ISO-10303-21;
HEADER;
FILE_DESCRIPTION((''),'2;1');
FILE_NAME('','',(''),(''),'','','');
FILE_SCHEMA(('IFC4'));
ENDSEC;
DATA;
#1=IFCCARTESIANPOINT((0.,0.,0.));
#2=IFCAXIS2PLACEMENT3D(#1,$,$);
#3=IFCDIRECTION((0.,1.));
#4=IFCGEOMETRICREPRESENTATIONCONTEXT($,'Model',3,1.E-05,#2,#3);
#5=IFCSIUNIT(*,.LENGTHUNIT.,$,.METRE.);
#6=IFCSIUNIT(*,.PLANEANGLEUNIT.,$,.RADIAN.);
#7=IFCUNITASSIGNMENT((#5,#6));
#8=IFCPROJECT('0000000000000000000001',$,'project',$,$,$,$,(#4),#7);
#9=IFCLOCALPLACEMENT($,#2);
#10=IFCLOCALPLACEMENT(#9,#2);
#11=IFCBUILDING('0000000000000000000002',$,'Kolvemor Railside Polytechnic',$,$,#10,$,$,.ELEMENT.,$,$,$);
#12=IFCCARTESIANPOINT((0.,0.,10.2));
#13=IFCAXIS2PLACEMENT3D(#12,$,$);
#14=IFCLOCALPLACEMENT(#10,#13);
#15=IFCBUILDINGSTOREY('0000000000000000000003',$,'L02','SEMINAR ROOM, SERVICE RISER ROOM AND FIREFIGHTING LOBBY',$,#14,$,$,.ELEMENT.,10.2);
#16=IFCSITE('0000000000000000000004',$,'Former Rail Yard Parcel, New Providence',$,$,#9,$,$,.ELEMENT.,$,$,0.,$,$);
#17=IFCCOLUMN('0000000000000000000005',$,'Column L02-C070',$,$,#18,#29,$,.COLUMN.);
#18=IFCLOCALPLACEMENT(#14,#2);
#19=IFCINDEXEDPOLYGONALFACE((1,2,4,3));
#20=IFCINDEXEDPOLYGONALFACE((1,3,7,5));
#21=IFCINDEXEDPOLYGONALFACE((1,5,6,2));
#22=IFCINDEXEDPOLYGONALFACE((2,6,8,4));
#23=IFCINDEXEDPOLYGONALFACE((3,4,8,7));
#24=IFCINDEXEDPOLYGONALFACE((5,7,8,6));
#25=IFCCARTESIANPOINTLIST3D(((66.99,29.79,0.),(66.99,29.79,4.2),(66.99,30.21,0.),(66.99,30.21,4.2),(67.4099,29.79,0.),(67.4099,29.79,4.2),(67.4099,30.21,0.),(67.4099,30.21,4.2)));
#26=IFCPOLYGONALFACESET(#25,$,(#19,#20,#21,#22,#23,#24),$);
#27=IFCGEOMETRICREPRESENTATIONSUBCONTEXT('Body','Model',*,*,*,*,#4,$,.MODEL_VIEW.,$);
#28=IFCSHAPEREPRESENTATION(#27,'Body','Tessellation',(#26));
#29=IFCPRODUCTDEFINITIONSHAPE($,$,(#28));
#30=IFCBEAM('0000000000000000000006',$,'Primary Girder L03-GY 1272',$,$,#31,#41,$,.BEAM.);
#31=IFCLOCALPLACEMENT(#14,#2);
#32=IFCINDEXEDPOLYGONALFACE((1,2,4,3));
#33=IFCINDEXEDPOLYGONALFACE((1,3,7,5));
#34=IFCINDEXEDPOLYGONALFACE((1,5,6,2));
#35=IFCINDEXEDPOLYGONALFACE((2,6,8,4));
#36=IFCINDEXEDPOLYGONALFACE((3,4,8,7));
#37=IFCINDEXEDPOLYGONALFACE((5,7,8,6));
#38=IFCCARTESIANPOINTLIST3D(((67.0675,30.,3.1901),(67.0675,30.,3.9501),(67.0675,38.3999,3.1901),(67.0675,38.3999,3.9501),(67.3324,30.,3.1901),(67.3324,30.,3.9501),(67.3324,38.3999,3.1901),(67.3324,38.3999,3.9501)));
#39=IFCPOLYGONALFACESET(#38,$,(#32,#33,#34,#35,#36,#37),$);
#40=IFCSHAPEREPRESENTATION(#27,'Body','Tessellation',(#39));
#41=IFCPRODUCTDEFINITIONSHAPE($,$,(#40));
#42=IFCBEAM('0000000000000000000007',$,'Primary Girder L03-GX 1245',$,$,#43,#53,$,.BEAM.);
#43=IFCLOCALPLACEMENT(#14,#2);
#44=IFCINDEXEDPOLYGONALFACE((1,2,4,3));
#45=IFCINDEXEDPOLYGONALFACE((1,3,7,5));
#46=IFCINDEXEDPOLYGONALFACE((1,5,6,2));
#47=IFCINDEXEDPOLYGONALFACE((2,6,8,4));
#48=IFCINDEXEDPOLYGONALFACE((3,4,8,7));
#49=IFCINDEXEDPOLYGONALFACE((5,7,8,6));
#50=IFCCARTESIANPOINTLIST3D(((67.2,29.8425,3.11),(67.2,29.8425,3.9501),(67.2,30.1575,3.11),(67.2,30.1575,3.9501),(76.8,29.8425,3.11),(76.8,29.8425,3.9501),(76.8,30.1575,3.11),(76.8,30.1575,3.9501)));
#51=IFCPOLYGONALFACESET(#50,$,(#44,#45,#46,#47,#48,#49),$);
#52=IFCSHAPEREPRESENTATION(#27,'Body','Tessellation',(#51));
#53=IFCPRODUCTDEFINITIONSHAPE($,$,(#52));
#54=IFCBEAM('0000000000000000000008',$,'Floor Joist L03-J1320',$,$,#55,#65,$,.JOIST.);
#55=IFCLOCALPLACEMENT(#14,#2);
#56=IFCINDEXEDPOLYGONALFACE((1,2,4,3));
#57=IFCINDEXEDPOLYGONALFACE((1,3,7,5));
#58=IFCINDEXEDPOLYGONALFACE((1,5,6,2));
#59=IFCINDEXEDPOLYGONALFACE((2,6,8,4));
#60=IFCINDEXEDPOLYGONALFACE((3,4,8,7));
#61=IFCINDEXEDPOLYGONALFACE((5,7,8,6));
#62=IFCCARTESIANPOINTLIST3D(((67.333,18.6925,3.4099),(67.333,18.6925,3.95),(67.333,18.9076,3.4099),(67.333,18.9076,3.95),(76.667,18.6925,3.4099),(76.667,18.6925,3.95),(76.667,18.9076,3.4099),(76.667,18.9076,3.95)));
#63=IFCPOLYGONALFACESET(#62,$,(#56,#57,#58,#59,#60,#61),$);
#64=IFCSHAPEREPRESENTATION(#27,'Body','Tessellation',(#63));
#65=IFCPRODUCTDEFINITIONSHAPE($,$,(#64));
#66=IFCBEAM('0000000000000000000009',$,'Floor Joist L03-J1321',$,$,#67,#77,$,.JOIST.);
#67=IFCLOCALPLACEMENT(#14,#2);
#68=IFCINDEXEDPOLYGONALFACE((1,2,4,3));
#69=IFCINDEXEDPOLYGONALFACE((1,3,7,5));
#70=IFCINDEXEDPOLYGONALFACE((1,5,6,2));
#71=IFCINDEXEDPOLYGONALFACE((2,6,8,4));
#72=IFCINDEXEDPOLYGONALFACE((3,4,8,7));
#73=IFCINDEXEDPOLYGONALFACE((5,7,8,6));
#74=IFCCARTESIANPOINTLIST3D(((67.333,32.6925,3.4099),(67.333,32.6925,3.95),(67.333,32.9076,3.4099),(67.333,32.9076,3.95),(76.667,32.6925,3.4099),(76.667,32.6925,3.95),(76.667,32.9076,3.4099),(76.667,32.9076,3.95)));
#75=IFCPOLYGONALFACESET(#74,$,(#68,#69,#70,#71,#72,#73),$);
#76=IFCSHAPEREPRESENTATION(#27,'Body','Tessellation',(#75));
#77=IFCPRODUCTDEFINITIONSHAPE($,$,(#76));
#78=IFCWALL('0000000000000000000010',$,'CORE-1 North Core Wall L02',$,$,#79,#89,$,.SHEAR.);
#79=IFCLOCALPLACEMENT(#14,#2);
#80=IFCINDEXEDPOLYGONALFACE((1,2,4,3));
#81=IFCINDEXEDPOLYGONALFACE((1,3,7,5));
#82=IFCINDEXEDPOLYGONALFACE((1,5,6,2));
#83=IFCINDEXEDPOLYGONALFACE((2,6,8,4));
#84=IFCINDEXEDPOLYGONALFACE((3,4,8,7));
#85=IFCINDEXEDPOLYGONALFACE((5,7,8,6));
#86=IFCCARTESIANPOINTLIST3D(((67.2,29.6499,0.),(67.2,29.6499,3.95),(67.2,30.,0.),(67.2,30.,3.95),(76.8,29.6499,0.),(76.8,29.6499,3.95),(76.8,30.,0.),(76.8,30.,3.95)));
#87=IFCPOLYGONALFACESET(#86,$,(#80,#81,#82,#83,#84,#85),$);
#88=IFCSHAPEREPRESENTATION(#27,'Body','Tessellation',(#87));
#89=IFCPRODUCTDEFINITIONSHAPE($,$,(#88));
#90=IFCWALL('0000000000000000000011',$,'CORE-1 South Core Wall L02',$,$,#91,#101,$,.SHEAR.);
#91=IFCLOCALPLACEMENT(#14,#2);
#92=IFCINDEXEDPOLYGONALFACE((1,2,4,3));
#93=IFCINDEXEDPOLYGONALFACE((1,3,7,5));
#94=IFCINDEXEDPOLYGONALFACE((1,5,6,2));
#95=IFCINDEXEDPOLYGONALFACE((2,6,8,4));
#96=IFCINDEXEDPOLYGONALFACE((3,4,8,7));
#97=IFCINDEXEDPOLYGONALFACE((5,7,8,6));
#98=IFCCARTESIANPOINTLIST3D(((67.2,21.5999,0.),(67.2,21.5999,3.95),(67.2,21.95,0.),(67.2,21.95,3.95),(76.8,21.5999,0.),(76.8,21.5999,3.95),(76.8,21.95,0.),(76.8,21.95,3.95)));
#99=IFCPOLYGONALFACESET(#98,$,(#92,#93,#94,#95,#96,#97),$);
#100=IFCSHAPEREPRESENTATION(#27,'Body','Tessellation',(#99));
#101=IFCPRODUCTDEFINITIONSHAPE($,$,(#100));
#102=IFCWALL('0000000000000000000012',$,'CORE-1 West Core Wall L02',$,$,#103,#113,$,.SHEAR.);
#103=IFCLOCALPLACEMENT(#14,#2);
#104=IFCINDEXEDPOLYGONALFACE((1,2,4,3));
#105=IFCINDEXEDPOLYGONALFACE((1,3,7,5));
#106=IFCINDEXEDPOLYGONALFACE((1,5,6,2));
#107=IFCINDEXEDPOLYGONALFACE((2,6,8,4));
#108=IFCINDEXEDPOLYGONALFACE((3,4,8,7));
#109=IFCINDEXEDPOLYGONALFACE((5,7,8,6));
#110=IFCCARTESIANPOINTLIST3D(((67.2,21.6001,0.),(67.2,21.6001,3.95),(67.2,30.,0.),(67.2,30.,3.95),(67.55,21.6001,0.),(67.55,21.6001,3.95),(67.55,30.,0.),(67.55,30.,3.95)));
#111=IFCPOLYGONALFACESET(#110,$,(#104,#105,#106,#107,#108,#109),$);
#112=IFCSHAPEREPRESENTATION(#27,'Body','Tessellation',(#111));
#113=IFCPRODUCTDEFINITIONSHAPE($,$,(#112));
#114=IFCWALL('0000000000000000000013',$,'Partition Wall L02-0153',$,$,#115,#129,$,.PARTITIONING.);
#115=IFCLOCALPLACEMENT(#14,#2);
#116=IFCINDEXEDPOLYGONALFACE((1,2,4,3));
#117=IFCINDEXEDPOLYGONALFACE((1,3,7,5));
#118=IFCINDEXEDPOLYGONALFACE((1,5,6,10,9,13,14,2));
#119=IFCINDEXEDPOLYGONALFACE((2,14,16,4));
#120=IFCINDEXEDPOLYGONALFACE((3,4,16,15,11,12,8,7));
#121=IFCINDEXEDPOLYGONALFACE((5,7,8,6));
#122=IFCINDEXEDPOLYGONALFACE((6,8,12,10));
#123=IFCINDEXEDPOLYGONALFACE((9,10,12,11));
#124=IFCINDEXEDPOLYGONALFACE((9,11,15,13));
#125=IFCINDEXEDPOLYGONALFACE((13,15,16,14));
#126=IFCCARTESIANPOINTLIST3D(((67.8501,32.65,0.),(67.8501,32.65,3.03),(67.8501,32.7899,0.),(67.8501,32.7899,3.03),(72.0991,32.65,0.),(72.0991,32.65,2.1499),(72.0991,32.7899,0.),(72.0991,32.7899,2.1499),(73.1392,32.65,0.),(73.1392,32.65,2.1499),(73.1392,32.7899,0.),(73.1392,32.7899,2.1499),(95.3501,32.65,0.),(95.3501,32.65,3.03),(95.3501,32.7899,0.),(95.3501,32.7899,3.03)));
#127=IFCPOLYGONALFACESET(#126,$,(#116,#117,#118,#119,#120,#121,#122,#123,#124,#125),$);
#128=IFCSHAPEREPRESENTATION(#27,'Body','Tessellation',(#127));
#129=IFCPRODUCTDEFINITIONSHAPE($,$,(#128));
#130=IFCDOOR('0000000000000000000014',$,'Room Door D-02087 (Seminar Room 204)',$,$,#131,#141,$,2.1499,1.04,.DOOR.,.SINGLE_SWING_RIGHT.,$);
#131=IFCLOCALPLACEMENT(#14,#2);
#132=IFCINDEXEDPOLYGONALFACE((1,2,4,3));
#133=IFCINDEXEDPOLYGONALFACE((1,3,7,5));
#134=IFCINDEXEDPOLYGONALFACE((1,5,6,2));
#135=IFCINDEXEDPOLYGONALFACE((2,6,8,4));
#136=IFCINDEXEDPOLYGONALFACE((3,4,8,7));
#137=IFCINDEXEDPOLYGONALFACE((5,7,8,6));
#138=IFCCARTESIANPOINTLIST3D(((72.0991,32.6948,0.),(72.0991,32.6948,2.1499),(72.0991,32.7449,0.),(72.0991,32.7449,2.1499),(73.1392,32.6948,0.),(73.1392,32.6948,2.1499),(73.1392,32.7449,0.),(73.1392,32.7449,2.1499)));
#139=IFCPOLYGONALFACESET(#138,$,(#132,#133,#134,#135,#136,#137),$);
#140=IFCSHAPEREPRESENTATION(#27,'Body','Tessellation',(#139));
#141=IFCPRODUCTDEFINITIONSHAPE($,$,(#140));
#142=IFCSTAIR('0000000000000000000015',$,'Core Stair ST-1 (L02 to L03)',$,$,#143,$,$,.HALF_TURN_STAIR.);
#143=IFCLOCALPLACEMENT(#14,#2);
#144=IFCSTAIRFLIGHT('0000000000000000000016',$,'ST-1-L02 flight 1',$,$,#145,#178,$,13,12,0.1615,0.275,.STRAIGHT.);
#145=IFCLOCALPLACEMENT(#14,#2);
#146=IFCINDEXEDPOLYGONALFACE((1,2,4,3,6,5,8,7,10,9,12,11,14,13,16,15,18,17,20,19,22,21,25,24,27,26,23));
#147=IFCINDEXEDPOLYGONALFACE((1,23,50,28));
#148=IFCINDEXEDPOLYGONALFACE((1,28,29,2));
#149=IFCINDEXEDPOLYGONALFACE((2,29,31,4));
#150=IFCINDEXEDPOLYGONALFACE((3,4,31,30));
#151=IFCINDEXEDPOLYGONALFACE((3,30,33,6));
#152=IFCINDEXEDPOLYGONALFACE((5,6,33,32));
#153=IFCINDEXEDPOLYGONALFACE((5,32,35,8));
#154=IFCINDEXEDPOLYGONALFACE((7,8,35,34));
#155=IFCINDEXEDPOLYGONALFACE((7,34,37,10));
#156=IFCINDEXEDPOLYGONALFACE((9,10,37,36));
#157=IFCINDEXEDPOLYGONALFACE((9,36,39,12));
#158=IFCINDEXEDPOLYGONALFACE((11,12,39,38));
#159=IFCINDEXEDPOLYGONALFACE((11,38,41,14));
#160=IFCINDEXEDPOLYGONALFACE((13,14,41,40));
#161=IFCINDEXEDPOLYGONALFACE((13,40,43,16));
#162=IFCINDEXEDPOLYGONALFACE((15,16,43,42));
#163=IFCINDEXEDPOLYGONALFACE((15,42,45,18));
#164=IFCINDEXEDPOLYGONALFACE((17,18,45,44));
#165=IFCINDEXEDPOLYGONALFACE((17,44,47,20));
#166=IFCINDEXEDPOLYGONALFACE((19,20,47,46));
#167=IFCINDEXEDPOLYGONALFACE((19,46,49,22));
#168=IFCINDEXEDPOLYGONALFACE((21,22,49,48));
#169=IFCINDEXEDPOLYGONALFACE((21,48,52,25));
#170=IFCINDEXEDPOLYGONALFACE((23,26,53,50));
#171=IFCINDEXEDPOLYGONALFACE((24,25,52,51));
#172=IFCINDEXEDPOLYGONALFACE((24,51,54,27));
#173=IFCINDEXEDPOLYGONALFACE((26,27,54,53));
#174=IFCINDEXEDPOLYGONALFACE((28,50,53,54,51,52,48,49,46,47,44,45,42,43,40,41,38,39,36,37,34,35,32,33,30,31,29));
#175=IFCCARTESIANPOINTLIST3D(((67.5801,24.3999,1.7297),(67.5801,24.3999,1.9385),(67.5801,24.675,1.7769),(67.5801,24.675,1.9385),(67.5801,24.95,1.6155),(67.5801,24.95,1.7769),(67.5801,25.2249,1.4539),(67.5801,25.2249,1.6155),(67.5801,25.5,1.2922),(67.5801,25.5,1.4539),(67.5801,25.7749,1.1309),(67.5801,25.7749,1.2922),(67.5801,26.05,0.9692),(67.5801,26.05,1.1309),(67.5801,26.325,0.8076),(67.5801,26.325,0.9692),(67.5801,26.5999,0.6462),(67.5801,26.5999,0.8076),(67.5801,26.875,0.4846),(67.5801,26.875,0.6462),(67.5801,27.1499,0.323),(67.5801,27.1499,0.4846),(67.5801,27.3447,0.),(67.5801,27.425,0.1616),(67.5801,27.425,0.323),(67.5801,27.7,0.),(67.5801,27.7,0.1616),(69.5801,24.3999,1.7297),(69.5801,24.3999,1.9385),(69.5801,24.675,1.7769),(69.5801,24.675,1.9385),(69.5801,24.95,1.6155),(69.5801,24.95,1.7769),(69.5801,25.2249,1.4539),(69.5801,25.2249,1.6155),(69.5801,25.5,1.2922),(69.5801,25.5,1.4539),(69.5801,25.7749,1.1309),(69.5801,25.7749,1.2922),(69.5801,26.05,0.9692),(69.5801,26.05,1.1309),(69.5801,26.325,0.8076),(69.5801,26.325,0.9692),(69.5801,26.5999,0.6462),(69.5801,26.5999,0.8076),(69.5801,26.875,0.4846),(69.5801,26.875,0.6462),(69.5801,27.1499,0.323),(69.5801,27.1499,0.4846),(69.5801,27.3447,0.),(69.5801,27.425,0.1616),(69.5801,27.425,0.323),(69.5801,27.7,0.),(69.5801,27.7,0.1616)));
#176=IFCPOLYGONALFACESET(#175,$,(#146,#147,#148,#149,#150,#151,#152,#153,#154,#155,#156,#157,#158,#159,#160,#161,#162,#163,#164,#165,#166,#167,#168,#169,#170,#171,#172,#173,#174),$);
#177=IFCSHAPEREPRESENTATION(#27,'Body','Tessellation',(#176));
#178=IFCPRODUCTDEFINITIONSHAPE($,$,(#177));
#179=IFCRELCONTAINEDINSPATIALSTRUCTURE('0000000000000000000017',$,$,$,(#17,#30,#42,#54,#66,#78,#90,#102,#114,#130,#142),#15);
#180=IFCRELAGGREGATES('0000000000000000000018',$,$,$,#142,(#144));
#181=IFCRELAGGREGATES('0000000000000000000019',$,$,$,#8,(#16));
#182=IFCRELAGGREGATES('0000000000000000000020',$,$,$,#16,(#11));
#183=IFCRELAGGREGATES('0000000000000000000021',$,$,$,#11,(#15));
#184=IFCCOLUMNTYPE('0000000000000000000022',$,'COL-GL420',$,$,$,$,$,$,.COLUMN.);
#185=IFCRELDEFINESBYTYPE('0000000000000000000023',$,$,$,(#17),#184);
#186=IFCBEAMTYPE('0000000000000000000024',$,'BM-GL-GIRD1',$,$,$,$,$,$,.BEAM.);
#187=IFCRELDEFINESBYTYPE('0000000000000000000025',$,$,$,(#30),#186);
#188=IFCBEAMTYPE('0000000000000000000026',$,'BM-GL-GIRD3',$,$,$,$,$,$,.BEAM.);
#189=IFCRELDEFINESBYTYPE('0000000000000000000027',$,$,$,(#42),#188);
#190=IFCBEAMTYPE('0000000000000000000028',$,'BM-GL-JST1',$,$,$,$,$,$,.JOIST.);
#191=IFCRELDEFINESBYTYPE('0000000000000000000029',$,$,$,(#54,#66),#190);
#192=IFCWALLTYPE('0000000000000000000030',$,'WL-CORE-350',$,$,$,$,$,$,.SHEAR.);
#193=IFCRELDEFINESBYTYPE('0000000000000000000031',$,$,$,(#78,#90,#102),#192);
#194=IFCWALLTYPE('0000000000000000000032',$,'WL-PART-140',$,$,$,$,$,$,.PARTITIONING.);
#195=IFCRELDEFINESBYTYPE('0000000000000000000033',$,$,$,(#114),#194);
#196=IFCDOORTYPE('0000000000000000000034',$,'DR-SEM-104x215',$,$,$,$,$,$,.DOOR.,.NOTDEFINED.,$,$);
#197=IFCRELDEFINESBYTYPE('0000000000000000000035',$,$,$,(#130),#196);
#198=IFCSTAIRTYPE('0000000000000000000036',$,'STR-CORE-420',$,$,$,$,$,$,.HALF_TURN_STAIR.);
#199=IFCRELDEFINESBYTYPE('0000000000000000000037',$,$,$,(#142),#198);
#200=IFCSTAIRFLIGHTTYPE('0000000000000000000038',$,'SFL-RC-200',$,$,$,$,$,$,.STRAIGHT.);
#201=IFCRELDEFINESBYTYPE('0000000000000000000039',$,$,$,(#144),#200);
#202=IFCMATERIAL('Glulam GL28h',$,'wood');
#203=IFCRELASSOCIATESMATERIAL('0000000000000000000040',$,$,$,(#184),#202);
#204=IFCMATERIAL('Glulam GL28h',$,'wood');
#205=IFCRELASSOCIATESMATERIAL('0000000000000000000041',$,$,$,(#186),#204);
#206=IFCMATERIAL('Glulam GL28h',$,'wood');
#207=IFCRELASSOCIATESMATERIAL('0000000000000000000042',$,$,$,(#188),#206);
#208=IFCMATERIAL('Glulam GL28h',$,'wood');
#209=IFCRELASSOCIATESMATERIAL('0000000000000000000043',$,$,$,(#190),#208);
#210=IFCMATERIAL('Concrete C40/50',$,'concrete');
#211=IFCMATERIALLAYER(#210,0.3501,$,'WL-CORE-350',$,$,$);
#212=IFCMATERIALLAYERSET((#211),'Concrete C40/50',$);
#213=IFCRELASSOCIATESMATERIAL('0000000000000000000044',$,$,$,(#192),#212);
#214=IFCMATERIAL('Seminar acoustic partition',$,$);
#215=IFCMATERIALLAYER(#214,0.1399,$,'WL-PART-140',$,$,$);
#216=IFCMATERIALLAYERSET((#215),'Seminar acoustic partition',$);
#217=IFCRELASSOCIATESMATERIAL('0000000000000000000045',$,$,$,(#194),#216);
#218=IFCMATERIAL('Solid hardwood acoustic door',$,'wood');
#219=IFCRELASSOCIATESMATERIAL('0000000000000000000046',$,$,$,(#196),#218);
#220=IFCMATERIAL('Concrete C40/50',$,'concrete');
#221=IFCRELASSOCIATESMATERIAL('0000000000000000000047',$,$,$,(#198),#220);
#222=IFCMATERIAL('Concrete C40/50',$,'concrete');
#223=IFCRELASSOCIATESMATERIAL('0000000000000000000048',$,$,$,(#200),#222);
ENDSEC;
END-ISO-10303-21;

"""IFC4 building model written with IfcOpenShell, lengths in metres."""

from ifc_helpers import new_model, si_unit, direction, frame, frame_2d, origin, origin_2d, place, context, subcontext, project, spatial, polyline, rectangle, outline, extrude, material, layer, layer_set, material_profile, profile_set, type_object, element, fill, aggregate, save


model = new_model("IFC4")

# Units and contexts
model_context = context("Model", 3, precision=1e-05, world=origin(), true_north=direction((0.0, 1.0)))
body_context = subcontext(model_context, "Body", "Model", "MODEL_VIEW")
ifc_project = project(units=[si_unit("LENGTHUNIT", "METRE"), si_unit("PLANEANGLEUNIT", "RADIAN")], contexts=[model_context])

# Site, building, storey
site_placement = place(None, origin())
site = spatial("IfcSite", under=ifc_project, at=site_placement, Name="Former Rail Yard Parcel, New Providence", CompositionType="ELEMENT", RefElevation=0.0)
building_placement = place(site_placement, origin())
building = spatial("IfcBuilding", under=site, at=building_placement, Name="Kolvemor Railside Polytechnic", CompositionType="ELEMENT")
storey_placement = place(building_placement, frame((0.0, 0.0, 10.2)))
storey = spatial("IfcBuildingStorey", under=building, at=storey_placement, Name="L02", Description="SEMINAR ROOM, SERVICE RISER ROOM AND FIREFIGHTING LOBBY", CompositionType="ELEMENT", Elevation=10.2)

# Column
ifc_material_1 = material(Name="Glulam GL28h", Category="wood")
ifc_material_profile_1 = material_profile(ifc_material_1, rectangle(XDim=0.4199, YDim=0.4199, at=origin_2d()), Name="GL420x420")
ifc_profile_set_1 = profile_set([ifc_material_profile_1], Name="Glulam GL28h")
column_type = type_object("IfcColumnType", Name="COL-GL420", PredefinedType="COLUMN", material=ifc_profile_set_1)
column_placement = place(storey_placement, frame((67.2, 30.0, 0.0), z_axis=(0.0, 0.0, 1.0), x_axis=(1.0, 0.0, 0.0)))
element("IfcColumn", 1, at=column_placement, inside=storey, type_object=column_type, Name="Column L02-C070", PredefinedType="COLUMN", context=body_context, shape_type="SweptSolid", body=[
    extrude(rectangle(XDim=0.4199, YDim=0.4199, at=origin_2d()), origin(), (0.0, 0.0, 1.0), 4.2),
])

# Beams
ifc_material_2 = material(Name="Glulam GL28h", Category="wood")
ifc_material_profile_2 = material_profile(ifc_material_2, rectangle(XDim=0.2649, YDim=0.76, at=origin_2d()), Name="GL265x760")
ifc_profile_set_2 = profile_set([ifc_material_profile_2], Name="Glulam GL28h")
beam_type_1 = type_object("IfcBeamType", Name="BM-GL-GIRD1", PredefinedType="BEAM", material=ifc_profile_set_2)
beam_1_placement = place(storey_placement, frame((67.2, 30.0, 3.5701), z_axis=(0.0, 1.0, 0.0), x_axis=(-1.0, 0.0, 0.0)))
element("IfcBeam", 2, at=beam_1_placement, inside=storey, type_object=beam_type_1, Name="Primary Girder L03-GY 1272", PredefinedType="BEAM", context=body_context, shape_type="SweptSolid", body=[
    extrude(rectangle(XDim=0.2649, YDim=0.76, at=origin_2d()), origin(), (0.0, 0.0, 1.0), 8.3999),
])
ifc_material_3 = material(Name="Glulam GL28h", Category="wood")
ifc_material_profile_3 = material_profile(ifc_material_3, rectangle(XDim=0.3149, YDim=0.8401, at=origin_2d()), Name="GL315x840")
ifc_profile_set_3 = profile_set([ifc_material_profile_3], Name="Glulam GL28h")
beam_type_2 = type_object("IfcBeamType", Name="BM-GL-GIRD3", PredefinedType="BEAM", material=ifc_profile_set_3)
beam_2_placement = place(storey_placement, frame((67.2, 30.0, 3.53), z_axis=(1.0, 0.0, 0.0), x_axis=(0.0, 1.0, 0.0)))
element("IfcBeam", 3, at=beam_2_placement, inside=storey, type_object=beam_type_2, Name="Primary Girder L03-GX 1245", PredefinedType="BEAM", context=body_context, shape_type="SweptSolid", body=[
    extrude(rectangle(XDim=0.3149, YDim=0.8401, at=origin_2d()), origin(), (0.0, 0.0, 1.0), 9.6001),
])
ifc_material_4 = material(Name="Glulam GL28h", Category="wood")
ifc_material_profile_4 = material_profile(ifc_material_4, rectangle(XDim=0.2151, YDim=0.54, at=origin_2d()), Name="GL215x540")
ifc_profile_set_4 = profile_set([ifc_material_profile_4], Name="Glulam GL28h")
beam_type_3 = type_object("IfcBeamType", Name="BM-GL-JST1", PredefinedType="JOIST", material=ifc_profile_set_4)
for number, where, z_axis, x_axis, name in (
    (4, (67.333, 18.8, 3.6799), (1.0, 0.0, 0.0), (0.0, 1.0, 0.0), "Floor Joist L03-J1320"),
    (5, (67.333, 32.8, 3.6799), (1.0, 0.0, 0.0), (0.0, 1.0, 0.0), "Floor Joist L03-J1321"),
):
    element("IfcBeam", number, at=place(storey_placement, frame(where, z_axis=z_axis, x_axis=x_axis)), inside=storey, type_object=beam_type_3, Name=name, PredefinedType="JOIST", context=body_context, shape_type="SweptSolid", body=[
        extrude(rectangle(XDim=0.2151, YDim=0.54, at=origin_2d()), origin(), (0.0, 0.0, 1.0), 9.334),
    ])

# Walls
ifc_material_5 = material(Name="Concrete C40/50", Category="concrete")
ifc_layer_1 = layer(ifc_material_5, 0.3501, Name="WL-CORE-350")
ifc_layer_set_1 = layer_set([ifc_layer_1], Name="Concrete C40/50")
wall_type_1 = type_object("IfcWallType", Name="WL-CORE-350", PredefinedType="SHEAR", material=ifc_layer_set_1)
for number, where, z_axis, x_axis, name in (
    (6, (67.2, 29.825, 0.0), (0.0, 0.0, 1.0), (1.0, 0.0, 0.0), "CORE-1 North Core Wall L02"),
    (7, (67.2, 21.7749, 0.0), (0.0, 0.0, 1.0), (1.0, 0.0, 0.0), "CORE-1 South Core Wall L02"),
):
    element("IfcWall", number, at=place(storey_placement, frame(where, z_axis=z_axis, x_axis=x_axis)), inside=storey, type_object=wall_type_1, Name=name, PredefinedType="SHEAR", context=body_context, shape_type="SweptSolid", body=[
        extrude(rectangle(XDim=9.6001, YDim=0.3501, at=frame_2d((4.8, 0.0))), origin(), (0.0, 0.0, 1.0), 3.95),
    ])
wall_1_placement = place(storey_placement, frame((67.375, 21.6001, 0.0), z_axis=(0.0, 0.0, 1.0), x_axis=(0.0, 1.0, 0.0)))
element("IfcWall", 8, at=wall_1_placement, inside=storey, type_object=wall_type_1, Name="CORE-1 West Core Wall L02", PredefinedType="SHEAR", context=body_context, shape_type="SweptSolid", body=[
    extrude(rectangle(XDim=8.3999, YDim=0.3501, at=frame_2d((4.2, 0.0))), origin(), (0.0, 0.0, 1.0), 3.95),
])

# Wall, opening, door
ifc_material_6 = material(Name="Seminar acoustic partition")
ifc_layer_2 = layer(ifc_material_6, 0.1399, Name="WL-PART-140")
ifc_layer_set_2 = layer_set([ifc_layer_2], Name="Seminar acoustic partition")
wall_type_2 = type_object("IfcWallType", Name="WL-PART-140", PredefinedType="PARTITIONING", material=ifc_layer_set_2)
wall_2_placement = place(storey_placement, frame((67.8501, 32.72, 0.0), z_axis=(0.0, 0.0, 1.0), x_axis=(1.0, 0.0, 0.0)))
wall_2 = element("IfcWall", 9, at=wall_2_placement, inside=storey, type_object=wall_type_2, Name="Partition Wall L02-0153", PredefinedType="PARTITIONING", context=body_context, shape_type="SweptSolid", body=[
    extrude(rectangle(XDim=27.5, YDim=0.1399, at=frame_2d((13.75, 0.0))), origin(), (0.0, 0.0, 1.0), 3.03),
])
opening_1_placement = place(wall_2_placement, frame((4.249, 0.0, 0.0)))
opening_1 = element("IfcOpeningElement", 10, at=opening_1_placement, cuts=wall_2, PredefinedType="OPENING", context=body_context, shape_type="SweptSolid", body=[
    extrude(rectangle(XDim=1.04, YDim=2.1499, at=frame_2d((0.52, 1.075))), frame((0.0, 0.0798, 0.0), z_axis=(0.0, -1.0, 0.0), x_axis=(1.0, 0.0, 0.0)), (0.0, 0.0, 1.0), 0.1599),
])
ifc_material_7 = material(Name="Solid hardwood acoustic door", Category="wood")
door_type_1 = type_object("IfcDoorType", Name="DR-SEM-104x215", OperationType="NOTDEFINED", PredefinedType="DOOR", material=ifc_material_7)
door_1_placement = place(opening_1_placement, origin())
door_1 = element("IfcDoor", 11, at=door_1_placement, inside=storey, type_object=door_type_1, Name="Room Door D-02087 (Seminar Room 204)", OperationType="SINGLE_SWING_RIGHT", OverallHeight=2.1499, OverallWidth=1.04, PredefinedType="DOOR", context=body_context, shape_type="SweptSolid", body=[
    extrude(rectangle(XDim=1.04, YDim=2.1499, at=frame_2d((0.52, 1.075))), frame((0.0, 0.0249, 0.0), z_axis=(0.0, -1.0, 0.0), x_axis=(1.0, 0.0, 0.0)), (0.0, 0.0, 1.0), 0.05),
])
fill(opening_1, door_1)

# Stair, stair flight
ifc_material_8 = material(Name="Concrete C40/50", Category="concrete")
stair_type = type_object("IfcStairType", Name="STR-CORE-420", PredefinedType="HALF_TURN_STAIR", material=ifc_material_8)
stair_placement = place(storey_placement, origin())
stair = element("IfcStair", 12, at=stair_placement, inside=storey, type_object=stair_type, Name="Core Stair ST-1 (L02 to L03)", PredefinedType="HALF_TURN_STAIR")
ifc_material_9 = material(Name="Concrete C40/50", Category="concrete")
stair_flight_type = type_object("IfcStairFlightType", Name="SFL-RC-200", PredefinedType="STRAIGHT", material=ifc_material_9)
stair_flight_1_placement = place(storey_placement, frame((68.5801, 27.7, 0.0), z_axis=(0.0, 0.0, 1.0), x_axis=(0.0, -1.0, 0.0)))
stair_flight_1 = element("IfcStairFlight", 13, at=stair_flight_1_placement, type_object=stair_flight_type, Name="ST-1-L02 flight 1", NumberOfRisers=13, NumberOfTreads=12, PredefinedType="STRAIGHT", RiserHeight=0.1615, TreadLength=0.275, context=body_context, shape_type="SweptSolid", body=[
    extrude(outline(polyline([(0.0, 0.0), (0.0, 0.1616), (0.2749, 0.1616), (0.2749, 0.323), (0.55, 0.323), (0.55, 0.4846), (0.825, 0.4846), (0.825, 0.6462), (1.1001, 0.6462), (1.1001, 0.8076), (1.375, 0.8076), (1.375, 0.9692), (1.6499, 0.9692), (1.6499, 1.1309), (1.925, 1.1309), (1.925, 1.2922), (2.2, 1.2922), (2.2, 1.4539), (2.4751, 1.4539), (2.4751, 1.6155), (2.75, 1.6155), (2.75, 1.7769), (3.0249, 1.7769), (3.0249, 1.9385), (3.3, 1.9385), (3.3, 2.1001), (3.3, 1.7297), (0.3552, 0.0), (0.0, 0.0)])), frame((0.0, 1.0, 0.0), z_axis=(0.0, -1.0, 0.0), x_axis=(1.0, 0.0, 0.0)), (0.0, 0.0, 1.0), 2.0),
])
aggregate(stair, [stair_flight_1])

save(model, "model.ifc")
